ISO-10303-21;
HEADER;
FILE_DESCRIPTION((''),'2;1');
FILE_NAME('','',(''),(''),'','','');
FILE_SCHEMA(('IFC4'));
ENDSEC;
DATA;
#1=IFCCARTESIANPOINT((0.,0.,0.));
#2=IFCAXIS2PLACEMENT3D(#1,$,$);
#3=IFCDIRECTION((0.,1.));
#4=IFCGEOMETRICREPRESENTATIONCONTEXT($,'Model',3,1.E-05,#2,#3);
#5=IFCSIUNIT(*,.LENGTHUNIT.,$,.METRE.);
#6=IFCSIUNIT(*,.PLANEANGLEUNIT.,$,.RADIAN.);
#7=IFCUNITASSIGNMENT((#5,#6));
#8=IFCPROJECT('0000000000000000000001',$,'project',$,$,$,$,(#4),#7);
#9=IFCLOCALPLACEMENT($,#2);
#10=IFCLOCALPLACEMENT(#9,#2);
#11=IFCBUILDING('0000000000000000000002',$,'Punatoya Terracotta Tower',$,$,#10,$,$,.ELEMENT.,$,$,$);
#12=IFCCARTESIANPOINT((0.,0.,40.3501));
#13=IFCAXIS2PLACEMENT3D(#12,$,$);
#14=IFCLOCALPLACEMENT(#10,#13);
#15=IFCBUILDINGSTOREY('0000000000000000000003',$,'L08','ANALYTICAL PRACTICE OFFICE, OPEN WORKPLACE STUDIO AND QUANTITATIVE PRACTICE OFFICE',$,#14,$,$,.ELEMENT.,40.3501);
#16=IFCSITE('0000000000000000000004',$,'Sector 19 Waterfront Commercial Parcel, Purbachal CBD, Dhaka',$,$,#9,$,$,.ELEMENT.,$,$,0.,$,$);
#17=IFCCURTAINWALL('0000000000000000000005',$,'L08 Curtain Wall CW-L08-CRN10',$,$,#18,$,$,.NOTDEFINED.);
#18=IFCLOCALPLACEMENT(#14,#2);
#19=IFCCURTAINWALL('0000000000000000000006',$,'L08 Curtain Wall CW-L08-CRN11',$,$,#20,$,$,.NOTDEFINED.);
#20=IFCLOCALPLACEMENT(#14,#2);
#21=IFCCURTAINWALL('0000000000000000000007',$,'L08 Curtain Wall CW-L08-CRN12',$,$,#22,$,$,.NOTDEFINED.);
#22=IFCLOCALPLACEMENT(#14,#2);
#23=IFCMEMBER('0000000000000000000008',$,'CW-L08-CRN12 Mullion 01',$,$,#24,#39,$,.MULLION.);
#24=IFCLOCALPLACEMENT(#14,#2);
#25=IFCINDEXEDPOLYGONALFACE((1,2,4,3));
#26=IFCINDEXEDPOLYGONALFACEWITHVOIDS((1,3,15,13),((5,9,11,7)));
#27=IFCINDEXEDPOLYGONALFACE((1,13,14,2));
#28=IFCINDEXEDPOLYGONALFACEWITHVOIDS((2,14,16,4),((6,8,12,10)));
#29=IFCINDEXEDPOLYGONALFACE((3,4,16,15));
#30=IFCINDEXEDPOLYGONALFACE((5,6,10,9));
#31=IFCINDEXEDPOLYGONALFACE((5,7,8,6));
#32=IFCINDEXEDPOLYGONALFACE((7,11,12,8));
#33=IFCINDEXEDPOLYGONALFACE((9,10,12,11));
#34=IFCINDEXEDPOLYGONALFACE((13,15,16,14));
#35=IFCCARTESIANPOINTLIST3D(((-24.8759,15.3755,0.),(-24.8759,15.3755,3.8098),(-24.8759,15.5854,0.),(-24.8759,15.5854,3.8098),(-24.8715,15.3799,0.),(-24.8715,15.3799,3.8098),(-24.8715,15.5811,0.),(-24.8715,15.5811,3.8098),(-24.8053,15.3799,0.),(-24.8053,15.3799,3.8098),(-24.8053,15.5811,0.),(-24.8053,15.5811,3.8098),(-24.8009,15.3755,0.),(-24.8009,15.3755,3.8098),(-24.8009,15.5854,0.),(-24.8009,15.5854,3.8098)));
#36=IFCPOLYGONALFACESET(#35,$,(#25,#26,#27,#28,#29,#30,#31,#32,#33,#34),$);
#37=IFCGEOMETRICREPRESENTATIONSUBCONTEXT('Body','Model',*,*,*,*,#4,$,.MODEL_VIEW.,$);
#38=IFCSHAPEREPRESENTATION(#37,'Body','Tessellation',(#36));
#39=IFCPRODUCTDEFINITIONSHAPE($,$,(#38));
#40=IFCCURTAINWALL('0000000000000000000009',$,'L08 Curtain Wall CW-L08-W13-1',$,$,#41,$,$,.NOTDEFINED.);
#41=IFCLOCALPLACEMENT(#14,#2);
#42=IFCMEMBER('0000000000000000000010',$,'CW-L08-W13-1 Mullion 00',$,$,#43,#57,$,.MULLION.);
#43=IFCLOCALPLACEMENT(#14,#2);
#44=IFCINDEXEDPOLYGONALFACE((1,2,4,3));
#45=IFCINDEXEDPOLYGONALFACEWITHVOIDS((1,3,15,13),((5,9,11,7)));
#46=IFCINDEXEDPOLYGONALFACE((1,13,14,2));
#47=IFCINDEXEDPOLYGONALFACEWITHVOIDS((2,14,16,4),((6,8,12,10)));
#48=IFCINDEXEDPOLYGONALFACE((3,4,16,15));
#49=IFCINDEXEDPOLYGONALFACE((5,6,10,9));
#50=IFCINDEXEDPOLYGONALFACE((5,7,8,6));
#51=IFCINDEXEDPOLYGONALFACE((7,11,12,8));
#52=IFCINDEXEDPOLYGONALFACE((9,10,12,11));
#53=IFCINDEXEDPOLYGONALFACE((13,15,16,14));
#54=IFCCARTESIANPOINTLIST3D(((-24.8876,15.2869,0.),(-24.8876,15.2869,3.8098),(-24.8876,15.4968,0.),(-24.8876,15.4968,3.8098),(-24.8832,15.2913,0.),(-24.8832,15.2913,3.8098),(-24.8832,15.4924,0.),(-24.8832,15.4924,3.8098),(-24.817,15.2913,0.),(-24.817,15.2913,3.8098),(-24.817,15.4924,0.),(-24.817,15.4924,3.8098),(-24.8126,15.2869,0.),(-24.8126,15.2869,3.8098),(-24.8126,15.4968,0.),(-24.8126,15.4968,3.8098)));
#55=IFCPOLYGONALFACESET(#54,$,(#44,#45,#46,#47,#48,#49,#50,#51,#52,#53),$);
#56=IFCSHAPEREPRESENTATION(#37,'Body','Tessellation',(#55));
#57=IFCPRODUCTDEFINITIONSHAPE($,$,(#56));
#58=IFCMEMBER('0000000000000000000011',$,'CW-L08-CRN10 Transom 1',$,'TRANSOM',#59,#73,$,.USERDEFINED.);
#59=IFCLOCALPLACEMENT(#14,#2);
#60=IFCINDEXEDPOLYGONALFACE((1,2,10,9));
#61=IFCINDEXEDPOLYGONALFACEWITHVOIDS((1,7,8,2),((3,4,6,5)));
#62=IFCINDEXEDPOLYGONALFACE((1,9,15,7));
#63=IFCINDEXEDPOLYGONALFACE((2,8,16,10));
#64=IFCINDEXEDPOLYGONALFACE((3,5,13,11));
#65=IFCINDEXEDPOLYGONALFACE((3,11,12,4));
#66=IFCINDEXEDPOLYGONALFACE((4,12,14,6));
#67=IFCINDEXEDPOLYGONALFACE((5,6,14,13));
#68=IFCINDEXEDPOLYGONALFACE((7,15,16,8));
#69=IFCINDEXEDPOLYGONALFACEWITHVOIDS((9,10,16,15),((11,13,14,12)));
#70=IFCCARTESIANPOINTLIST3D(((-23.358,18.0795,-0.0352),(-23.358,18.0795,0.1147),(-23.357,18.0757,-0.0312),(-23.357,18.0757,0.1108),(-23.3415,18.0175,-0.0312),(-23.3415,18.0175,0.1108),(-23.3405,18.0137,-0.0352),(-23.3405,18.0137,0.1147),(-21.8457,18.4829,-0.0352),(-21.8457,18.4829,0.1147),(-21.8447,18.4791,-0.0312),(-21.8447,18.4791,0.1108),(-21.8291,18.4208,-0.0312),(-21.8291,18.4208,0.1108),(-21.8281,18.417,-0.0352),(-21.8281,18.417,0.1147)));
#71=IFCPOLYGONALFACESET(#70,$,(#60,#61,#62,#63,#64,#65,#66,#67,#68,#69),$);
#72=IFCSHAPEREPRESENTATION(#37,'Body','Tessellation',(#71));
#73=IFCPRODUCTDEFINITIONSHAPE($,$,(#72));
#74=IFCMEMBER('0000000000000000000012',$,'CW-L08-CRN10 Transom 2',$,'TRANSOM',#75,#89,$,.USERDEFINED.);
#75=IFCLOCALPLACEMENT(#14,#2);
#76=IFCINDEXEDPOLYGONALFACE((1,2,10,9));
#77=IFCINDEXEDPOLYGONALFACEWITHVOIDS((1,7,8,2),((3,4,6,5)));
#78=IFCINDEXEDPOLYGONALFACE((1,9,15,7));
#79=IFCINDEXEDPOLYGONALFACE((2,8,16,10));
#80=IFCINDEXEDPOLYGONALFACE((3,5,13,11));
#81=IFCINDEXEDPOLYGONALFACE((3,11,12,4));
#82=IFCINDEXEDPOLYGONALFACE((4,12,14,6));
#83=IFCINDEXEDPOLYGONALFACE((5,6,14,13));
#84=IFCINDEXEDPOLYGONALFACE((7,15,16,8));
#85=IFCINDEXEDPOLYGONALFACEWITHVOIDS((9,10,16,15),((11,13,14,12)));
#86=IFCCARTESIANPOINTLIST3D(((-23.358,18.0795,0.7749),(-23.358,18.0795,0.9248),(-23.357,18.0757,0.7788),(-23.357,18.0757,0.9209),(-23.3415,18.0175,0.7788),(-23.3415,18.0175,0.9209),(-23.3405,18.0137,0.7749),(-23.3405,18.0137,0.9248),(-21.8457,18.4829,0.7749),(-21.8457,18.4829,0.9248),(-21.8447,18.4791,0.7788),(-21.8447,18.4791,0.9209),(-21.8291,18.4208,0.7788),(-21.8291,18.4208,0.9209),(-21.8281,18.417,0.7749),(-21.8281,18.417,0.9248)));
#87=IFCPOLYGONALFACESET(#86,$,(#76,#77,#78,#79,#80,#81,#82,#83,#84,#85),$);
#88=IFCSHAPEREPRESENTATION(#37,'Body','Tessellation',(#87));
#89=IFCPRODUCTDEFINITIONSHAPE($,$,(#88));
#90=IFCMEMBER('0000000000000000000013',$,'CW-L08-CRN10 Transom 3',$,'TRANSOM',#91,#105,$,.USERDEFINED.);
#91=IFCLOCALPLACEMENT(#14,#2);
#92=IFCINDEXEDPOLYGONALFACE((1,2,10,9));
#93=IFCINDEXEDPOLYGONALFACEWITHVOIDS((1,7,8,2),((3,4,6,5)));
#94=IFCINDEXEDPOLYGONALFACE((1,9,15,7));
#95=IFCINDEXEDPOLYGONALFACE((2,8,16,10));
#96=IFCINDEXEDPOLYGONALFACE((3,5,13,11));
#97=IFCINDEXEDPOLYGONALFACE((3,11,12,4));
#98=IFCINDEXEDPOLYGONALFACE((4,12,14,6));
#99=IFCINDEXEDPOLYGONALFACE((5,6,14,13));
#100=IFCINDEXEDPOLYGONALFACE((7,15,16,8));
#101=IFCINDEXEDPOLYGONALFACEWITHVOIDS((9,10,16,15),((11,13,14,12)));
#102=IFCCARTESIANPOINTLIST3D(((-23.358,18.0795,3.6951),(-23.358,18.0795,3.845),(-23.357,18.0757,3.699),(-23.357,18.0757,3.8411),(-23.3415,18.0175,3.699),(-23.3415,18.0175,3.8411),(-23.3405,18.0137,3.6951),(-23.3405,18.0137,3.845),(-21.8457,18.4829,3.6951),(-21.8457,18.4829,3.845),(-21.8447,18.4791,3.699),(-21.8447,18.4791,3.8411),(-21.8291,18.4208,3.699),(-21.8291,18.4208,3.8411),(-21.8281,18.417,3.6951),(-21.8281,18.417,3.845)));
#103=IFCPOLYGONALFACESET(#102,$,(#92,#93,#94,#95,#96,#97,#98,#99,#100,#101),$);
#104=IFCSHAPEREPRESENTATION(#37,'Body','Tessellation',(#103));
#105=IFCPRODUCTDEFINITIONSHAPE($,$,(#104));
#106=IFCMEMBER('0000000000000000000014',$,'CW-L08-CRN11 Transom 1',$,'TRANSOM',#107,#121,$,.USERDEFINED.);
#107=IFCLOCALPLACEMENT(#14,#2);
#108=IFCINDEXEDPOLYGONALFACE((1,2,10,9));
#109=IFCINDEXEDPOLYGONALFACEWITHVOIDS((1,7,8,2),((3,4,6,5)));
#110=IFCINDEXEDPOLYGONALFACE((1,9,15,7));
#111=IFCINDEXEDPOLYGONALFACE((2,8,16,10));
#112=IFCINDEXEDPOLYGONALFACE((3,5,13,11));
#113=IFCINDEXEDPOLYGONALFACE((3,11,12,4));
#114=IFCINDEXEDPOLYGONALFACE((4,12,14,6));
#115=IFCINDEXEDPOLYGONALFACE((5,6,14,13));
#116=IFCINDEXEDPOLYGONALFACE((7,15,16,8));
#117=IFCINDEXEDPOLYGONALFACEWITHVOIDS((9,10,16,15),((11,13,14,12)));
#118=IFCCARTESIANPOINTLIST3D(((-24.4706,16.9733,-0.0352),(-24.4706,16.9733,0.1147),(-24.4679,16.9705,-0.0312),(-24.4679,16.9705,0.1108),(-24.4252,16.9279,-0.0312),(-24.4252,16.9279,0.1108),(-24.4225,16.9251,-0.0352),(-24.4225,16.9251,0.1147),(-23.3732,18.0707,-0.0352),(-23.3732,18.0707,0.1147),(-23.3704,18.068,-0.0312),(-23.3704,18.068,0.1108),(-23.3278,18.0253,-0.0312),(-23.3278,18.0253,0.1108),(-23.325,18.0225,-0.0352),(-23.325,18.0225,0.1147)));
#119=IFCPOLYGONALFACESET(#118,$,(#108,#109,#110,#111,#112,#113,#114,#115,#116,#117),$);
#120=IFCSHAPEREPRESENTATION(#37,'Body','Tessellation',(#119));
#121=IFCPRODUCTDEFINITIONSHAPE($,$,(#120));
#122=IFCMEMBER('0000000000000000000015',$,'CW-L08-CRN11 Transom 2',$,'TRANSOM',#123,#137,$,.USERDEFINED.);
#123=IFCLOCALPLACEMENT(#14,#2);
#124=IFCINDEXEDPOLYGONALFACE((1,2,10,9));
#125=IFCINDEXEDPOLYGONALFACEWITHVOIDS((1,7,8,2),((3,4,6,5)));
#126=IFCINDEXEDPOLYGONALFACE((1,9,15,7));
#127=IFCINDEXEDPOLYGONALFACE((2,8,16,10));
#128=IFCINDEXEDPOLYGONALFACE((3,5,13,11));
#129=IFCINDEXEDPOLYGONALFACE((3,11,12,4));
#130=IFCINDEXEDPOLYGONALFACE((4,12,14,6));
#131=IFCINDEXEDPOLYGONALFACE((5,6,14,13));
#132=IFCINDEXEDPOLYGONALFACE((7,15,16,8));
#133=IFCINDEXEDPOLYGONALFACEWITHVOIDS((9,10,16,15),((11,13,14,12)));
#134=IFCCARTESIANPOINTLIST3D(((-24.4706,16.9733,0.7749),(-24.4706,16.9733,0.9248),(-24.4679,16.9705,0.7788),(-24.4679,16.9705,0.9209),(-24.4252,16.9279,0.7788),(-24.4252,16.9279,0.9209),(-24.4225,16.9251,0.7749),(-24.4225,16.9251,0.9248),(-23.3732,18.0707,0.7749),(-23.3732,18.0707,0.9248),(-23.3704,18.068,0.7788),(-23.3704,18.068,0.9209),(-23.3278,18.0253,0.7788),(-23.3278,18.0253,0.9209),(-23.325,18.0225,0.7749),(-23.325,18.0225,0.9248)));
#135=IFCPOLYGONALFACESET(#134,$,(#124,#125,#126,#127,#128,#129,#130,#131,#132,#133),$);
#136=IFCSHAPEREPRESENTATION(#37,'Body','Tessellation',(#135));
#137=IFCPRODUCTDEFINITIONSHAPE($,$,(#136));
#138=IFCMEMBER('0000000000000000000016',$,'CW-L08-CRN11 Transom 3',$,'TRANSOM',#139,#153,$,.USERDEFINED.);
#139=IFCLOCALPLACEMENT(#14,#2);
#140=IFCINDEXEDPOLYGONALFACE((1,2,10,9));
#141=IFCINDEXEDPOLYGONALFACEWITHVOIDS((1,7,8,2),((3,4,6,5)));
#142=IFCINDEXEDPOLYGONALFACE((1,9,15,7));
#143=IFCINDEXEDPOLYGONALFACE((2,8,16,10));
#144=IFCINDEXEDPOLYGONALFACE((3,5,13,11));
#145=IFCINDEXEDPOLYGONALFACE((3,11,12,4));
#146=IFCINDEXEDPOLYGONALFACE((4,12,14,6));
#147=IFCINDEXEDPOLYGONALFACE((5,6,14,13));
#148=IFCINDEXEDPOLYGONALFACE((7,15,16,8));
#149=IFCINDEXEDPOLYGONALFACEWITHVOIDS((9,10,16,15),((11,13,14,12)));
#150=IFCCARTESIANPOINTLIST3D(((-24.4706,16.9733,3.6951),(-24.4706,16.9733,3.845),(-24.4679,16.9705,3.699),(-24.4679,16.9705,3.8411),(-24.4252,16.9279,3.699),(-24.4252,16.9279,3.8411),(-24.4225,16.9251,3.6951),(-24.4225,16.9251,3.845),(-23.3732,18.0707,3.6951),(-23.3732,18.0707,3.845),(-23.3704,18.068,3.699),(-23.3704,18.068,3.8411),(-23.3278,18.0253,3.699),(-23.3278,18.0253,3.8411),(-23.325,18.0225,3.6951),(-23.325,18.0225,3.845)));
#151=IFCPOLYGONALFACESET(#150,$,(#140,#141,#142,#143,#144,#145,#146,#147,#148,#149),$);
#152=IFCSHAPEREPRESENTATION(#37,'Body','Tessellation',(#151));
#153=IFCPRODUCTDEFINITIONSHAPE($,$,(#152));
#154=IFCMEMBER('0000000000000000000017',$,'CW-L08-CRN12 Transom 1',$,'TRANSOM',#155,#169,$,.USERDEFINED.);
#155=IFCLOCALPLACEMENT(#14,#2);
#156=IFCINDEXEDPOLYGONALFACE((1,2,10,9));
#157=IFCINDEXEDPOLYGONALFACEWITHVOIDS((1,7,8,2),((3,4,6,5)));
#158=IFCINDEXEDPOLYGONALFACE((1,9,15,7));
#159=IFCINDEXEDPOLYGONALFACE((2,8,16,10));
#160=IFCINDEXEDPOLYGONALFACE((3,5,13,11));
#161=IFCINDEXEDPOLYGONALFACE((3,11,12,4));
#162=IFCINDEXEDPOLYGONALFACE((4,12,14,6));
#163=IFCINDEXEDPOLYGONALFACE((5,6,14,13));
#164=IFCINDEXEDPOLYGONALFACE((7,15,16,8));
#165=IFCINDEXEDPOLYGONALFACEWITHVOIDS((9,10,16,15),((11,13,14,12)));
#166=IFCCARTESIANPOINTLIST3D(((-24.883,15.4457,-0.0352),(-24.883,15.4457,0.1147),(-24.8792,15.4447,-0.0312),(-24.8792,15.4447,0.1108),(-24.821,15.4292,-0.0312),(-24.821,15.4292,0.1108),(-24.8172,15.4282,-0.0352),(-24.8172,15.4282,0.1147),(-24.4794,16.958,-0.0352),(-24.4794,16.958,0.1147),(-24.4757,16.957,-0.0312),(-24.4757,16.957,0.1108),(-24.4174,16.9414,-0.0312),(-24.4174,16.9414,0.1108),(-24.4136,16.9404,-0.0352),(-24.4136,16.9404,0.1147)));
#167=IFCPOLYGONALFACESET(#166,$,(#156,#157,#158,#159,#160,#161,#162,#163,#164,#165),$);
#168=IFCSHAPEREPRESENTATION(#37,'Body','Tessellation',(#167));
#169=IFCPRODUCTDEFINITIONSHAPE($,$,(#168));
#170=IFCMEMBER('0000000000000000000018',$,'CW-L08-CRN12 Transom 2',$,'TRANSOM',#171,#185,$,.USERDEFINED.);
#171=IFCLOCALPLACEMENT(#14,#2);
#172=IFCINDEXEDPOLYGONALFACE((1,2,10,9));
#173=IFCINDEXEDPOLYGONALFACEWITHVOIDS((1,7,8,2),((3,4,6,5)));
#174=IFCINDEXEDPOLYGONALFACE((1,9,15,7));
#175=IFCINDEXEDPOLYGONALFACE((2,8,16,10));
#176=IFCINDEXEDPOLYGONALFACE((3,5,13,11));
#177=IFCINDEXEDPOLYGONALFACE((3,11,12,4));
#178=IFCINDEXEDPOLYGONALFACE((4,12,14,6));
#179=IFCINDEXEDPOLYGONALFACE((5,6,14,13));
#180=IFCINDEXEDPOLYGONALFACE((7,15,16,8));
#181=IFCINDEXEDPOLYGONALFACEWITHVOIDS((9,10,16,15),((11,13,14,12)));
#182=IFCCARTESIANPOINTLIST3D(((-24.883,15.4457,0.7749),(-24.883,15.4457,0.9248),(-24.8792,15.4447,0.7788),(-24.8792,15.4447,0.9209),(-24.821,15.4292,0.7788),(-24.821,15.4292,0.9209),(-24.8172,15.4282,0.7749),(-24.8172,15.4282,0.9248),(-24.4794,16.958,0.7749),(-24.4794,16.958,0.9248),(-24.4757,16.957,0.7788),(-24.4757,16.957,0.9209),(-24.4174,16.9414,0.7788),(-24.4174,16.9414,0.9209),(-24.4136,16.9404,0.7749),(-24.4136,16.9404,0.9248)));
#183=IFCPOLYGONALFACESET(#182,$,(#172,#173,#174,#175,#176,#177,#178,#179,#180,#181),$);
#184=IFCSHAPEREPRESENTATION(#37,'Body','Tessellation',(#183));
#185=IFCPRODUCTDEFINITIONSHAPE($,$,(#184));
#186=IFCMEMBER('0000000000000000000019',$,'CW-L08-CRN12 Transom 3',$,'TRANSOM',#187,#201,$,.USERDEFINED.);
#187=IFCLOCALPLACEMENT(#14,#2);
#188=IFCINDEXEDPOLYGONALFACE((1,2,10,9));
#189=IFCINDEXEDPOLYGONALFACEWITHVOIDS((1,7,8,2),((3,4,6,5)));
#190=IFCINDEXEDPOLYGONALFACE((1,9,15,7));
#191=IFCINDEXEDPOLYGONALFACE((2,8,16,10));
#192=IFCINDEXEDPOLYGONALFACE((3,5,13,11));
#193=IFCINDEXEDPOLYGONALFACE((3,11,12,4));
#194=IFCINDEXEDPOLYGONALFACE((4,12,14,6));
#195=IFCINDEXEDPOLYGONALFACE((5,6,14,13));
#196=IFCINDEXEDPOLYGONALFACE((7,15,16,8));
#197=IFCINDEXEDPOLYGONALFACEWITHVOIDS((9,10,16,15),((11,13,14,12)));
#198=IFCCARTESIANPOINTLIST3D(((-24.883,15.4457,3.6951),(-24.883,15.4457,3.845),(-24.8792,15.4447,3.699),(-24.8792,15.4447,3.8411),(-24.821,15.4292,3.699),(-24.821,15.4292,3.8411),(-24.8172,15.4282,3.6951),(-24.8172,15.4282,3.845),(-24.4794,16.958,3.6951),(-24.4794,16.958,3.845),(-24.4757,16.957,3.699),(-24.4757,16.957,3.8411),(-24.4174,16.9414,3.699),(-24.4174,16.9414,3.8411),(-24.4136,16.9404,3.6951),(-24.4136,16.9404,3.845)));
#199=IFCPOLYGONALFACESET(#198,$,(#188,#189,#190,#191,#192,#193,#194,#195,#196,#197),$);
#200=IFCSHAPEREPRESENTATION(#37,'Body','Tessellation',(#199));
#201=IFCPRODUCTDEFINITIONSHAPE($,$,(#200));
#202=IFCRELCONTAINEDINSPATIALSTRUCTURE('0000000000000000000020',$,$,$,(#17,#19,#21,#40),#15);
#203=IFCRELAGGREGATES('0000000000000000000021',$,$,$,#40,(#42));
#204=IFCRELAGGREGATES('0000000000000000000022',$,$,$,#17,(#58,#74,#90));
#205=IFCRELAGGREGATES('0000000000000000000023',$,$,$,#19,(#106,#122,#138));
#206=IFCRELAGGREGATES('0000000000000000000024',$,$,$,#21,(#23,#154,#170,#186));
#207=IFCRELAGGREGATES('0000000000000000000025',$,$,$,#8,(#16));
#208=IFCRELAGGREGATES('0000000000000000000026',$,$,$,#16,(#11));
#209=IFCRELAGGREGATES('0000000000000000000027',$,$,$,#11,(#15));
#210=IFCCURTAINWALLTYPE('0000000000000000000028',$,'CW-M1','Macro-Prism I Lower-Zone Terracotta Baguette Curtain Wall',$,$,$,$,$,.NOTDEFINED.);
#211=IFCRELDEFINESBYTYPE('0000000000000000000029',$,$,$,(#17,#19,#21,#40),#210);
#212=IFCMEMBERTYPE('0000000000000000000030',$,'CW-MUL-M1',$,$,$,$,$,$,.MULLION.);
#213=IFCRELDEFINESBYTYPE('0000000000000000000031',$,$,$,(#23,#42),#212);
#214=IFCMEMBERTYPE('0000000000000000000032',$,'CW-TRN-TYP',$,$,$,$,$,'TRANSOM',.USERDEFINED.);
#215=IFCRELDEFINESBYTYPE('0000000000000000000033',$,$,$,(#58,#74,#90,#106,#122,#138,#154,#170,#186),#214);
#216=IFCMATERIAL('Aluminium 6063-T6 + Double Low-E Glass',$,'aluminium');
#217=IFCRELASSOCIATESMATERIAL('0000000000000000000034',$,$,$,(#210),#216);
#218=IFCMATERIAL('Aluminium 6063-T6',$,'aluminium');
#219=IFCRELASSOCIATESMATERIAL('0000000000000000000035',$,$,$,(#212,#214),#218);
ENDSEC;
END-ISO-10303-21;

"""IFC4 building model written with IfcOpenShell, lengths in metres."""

from ifc_helpers import new_model, si_unit, direction, frame, origin, origin_2d, place, context, subcontext, project, spatial, hollow_rectangle, extrude, material, material_profile, profile_set, type_object, element, aggregate, save


model = new_model("IFC4")

# Units and contexts
model_context = context("Model", 3, precision=1e-05, world=origin(), true_north=direction((0.0, 1.0)))
body_context = subcontext(model_context, "Body", "Model", "MODEL_VIEW")
ifc_project = project(units=[si_unit("LENGTHUNIT", "METRE"), si_unit("PLANEANGLEUNIT", "RADIAN")], contexts=[model_context])

# Site, building, storey
site_placement = place(None, origin())
site = spatial("IfcSite", under=ifc_project, at=site_placement, Name="Sector 19 Waterfront Commercial Parcel, Purbachal CBD, Dhaka", CompositionType="ELEMENT", RefElevation=0.0)
building_placement = place(site_placement, origin())
building = spatial("IfcBuilding", under=site, at=building_placement, Name="Punatoya Terracotta Tower", CompositionType="ELEMENT")
storey_placement = place(building_placement, frame((0.0, 0.0, 40.3501)))
storey = spatial("IfcBuildingStorey", under=building, at=storey_placement, Name="L08", Description="ANALYTICAL PRACTICE OFFICE, OPEN WORKPLACE STUDIO AND QUANTITATIVE PRACTICE OFFICE", CompositionType="ELEMENT", Elevation=40.3501)

# Curtain walls, member
ifc_material_1 = material(Name="Aluminium 6063-T6 + Double Low-E Glass", Category="aluminium")
curtain_wall_type = type_object("IfcCurtainWallType", Name="CW-M1", Description="Macro-Prism I Lower-Zone Terracotta Baguette Curtain Wall", PredefinedType="NOTDEFINED", material=ifc_material_1)
curtain_wall_1_placement = place(storey_placement, origin())
curtain_wall_1 = element("IfcCurtainWall", 1, at=curtain_wall_1_placement, inside=storey, type_object=curtain_wall_type, Name="L08 Curtain Wall CW-L08-CRN10", PredefinedType="NOTDEFINED")
ifc_material_2 = material(Name="Aluminium 6063-T6", Category="aluminium")
ifc_material_profile_1 = material_profile(ifc_material_2, hollow_rectangle(XDim=0.075, YDim=0.21, WallThickness=0.0044, at=origin_2d()))
ifc_profile_set_1 = profile_set([ifc_material_profile_1], Name="Aluminium 6063-T6")
member_type_1 = type_object("IfcMemberType", Name="CW-MUL-M1", PredefinedType="MULLION", material=ifc_profile_set_1)
curtain_wall_2_placement = place(storey_placement, origin())
curtain_wall_2 = element("IfcCurtainWall", 2, at=curtain_wall_2_placement, inside=storey, type_object=curtain_wall_type, Name="L08 Curtain Wall CW-L08-CRN11", PredefinedType="NOTDEFINED")
curtain_wall_3_placement = place(storey_placement, origin())
curtain_wall_3 = element("IfcCurtainWall", 3, at=curtain_wall_3_placement, inside=storey, type_object=curtain_wall_type, Name="L08 Curtain Wall CW-L08-CRN12", PredefinedType="NOTDEFINED")
member_1_placement = place(storey_placement, frame((-24.8384, 15.4805, 0.0), z_axis=(0.0, 0.0, 1.0), x_axis=(1.0, 0.0, 0.0)))
member_1 = element("IfcMember", 4, at=member_1_placement, type_object=member_type_1, Name="CW-L08-CRN12 Mullion 01", PredefinedType="MULLION", context=body_context, shape_type="SweptSolid", body=[
    extrude(hollow_rectangle(XDim=0.075, YDim=0.21, WallThickness=0.0044, at=origin_2d()), origin(), (0.0, 0.0, 1.0), 3.8098),
])

# Curtain wall, member
curtain_wall_4_placement = place(storey_placement, origin())
curtain_wall_4 = element("IfcCurtainWall", 5, at=curtain_wall_4_placement, inside=storey, type_object=curtain_wall_type, Name="L08 Curtain Wall CW-L08-W13-1", PredefinedType="NOTDEFINED")
member_2_placement = place(storey_placement, frame((-24.8501, 15.3918, 0.0), z_axis=(0.0, 0.0, 1.0), x_axis=(1.0, 0.0, 0.0)))
member_2 = element("IfcMember", 6, at=member_2_placement, type_object=member_type_1, Name="CW-L08-W13-1 Mullion 00", PredefinedType="MULLION", context=body_context, shape_type="SweptSolid", body=[
    extrude(hollow_rectangle(XDim=0.075, YDim=0.21, WallThickness=0.0044, at=origin_2d()), origin(), (0.0, 0.0, 1.0), 3.8098),
])

# Members
ifc_material_profile_2 = material_profile(ifc_material_2, hollow_rectangle(XDim=0.0681, YDim=0.1499, WallThickness=0.0039, at=origin_2d()))
ifc_profile_set_2 = profile_set([ifc_material_profile_2], Name="Aluminium 6063-T6")
member_type_2 = type_object("IfcMemberType", Name="CW-TRN-TYP", ElementType="TRANSOM", PredefinedType="USERDEFINED", material=ifc_profile_set_2)
member_3_placement = place(storey_placement, frame((-21.8369, 18.45, 0.0398), z_axis=(-0.966225, -0.257701, 0.0), x_axis=(0.257701, -0.966225, 0.0)))
member_3 = element("IfcMember", 7, at=member_3_placement, type_object=member_type_2, Name="CW-L08-CRN10 Transom 1", ObjectType="TRANSOM", PredefinedType="USERDEFINED", context=body_context, shape_type="SweptSolid", body=[
    extrude(hollow_rectangle(XDim=0.0681, YDim=0.1499, WallThickness=0.0039, at=origin_2d()), origin(), (0.0, 0.0, 1.0), 1.5652),
])
member_4_placement = place(storey_placement, frame((-21.8369, 18.45, 0.8499), z_axis=(-0.966225, -0.257701, 0.0), x_axis=(0.257701, -0.966225, 0.0)))
member_4 = element("IfcMember", 8, at=member_4_placement, type_object=member_type_2, Name="CW-L08-CRN10 Transom 2", ObjectType="TRANSOM", PredefinedType="USERDEFINED", context=body_context, shape_type="SweptSolid", body=[
    extrude(hollow_rectangle(XDim=0.0681, YDim=0.1499, WallThickness=0.0039, at=origin_2d()), origin(), (0.0, 0.0, 1.0), 1.5652),
])
member_5_placement = place(storey_placement, frame((-21.8369, 18.45, 3.77), z_axis=(-0.966225, -0.257701, 0.0), x_axis=(0.257701, -0.966225, 0.0)))
member_5 = element("IfcMember", 9, at=member_5_placement, type_object=member_type_2, Name="CW-L08-CRN10 Transom 3", ObjectType="TRANSOM", PredefinedType="USERDEFINED", context=body_context, shape_type="SweptSolid", body=[
    extrude(hollow_rectangle(XDim=0.0681, YDim=0.1499, WallThickness=0.0039, at=origin_2d()), origin(), (0.0, 0.0, 1.0), 1.5652),
])
member_6_placement = place(storey_placement, frame((-23.3491, 18.0466, 0.0398), z_axis=(-0.707107, -0.707107, 0.0), x_axis=(0.707107, -0.707107, 0.0)))
member_6 = element("IfcMember", 10, at=member_6_placement, type_object=member_type_2, Name="CW-L08-CRN11 Transom 1", ObjectType="TRANSOM", PredefinedType="USERDEFINED", context=body_context, shape_type="SweptSolid", body=[
    extrude(hollow_rectangle(XDim=0.0681, YDim=0.1499, WallThickness=0.0039, at=origin_2d()), origin(), (0.0, 0.0, 1.0), 1.552),
])
member_7_placement = place(storey_placement, frame((-23.3491, 18.0466, 0.8499), z_axis=(-0.707107, -0.707107, 0.0), x_axis=(0.707107, -0.707107, 0.0)))
member_7 = element("IfcMember", 11, at=member_7_placement, type_object=member_type_2, Name="CW-L08-CRN11 Transom 2", ObjectType="TRANSOM", PredefinedType="USERDEFINED", context=body_context, shape_type="SweptSolid", body=[
    extrude(hollow_rectangle(XDim=0.0681, YDim=0.1499, WallThickness=0.0039, at=origin_2d()), origin(), (0.0, 0.0, 1.0), 1.552),
])
member_8_placement = place(storey_placement, frame((-23.3491, 18.0466, 3.77), z_axis=(-0.707107, -0.707107, 0.0), x_axis=(0.707107, -0.707107, 0.0)))
member_8 = element("IfcMember", 12, at=member_8_placement, type_object=member_type_2, Name="CW-L08-CRN11 Transom 3", ObjectType="TRANSOM", PredefinedType="USERDEFINED", context=body_context, shape_type="SweptSolid", body=[
    extrude(hollow_rectangle(XDim=0.0681, YDim=0.1499, WallThickness=0.0039, at=origin_2d()), origin(), (0.0, 0.0, 1.0), 1.552),
])
member_9_placement = place(storey_placement, frame((-24.4465, 16.9492, 0.0398), z_axis=(-0.257847, -0.966186, 0.0), x_axis=(0.966186, -0.257847, 0.0)))
member_9 = element("IfcMember", 13, at=member_9_placement, type_object=member_type_2, Name="CW-L08-CRN12 Transom 1", ObjectType="TRANSOM", PredefinedType="USERDEFINED", context=body_context, shape_type="SweptSolid", body=[
    extrude(hollow_rectangle(XDim=0.0681, YDim=0.1499, WallThickness=0.0039, at=origin_2d()), origin(), (0.0, 0.0, 1.0), 1.5652),
])
member_10_placement = place(storey_placement, frame((-24.4465, 16.9492, 0.8499), z_axis=(-0.257847, -0.966186, 0.0), x_axis=(0.966186, -0.257847, 0.0)))
member_10 = element("IfcMember", 14, at=member_10_placement, type_object=member_type_2, Name="CW-L08-CRN12 Transom 2", ObjectType="TRANSOM", PredefinedType="USERDEFINED", context=body_context, shape_type="SweptSolid", body=[
    extrude(hollow_rectangle(XDim=0.0681, YDim=0.1499, WallThickness=0.0039, at=origin_2d()), origin(), (0.0, 0.0, 1.0), 1.5652),
])
member_11_placement = place(storey_placement, frame((-24.4465, 16.9492, 3.77), z_axis=(-0.257847, -0.966186, 0.0), x_axis=(0.966186, -0.257847, 0.0)))
member_11 = element("IfcMember", 15, at=member_11_placement, type_object=member_type_2, Name="CW-L08-CRN12 Transom 3", ObjectType="TRANSOM", PredefinedType="USERDEFINED", context=body_context, shape_type="SweptSolid", body=[
    extrude(hollow_rectangle(XDim=0.0681, YDim=0.1499, WallThickness=0.0039, at=origin_2d()), origin(), (0.0, 0.0, 1.0), 1.5652),
])
aggregate(curtain_wall_4, [member_2])

aggregate(curtain_wall_1, [member_3, member_4, member_5])
aggregate(curtain_wall_2, [member_6, member_7, member_8])
aggregate(curtain_wall_3, [member_1, member_9, member_10, member_11])

save(model, "model.ifc")
